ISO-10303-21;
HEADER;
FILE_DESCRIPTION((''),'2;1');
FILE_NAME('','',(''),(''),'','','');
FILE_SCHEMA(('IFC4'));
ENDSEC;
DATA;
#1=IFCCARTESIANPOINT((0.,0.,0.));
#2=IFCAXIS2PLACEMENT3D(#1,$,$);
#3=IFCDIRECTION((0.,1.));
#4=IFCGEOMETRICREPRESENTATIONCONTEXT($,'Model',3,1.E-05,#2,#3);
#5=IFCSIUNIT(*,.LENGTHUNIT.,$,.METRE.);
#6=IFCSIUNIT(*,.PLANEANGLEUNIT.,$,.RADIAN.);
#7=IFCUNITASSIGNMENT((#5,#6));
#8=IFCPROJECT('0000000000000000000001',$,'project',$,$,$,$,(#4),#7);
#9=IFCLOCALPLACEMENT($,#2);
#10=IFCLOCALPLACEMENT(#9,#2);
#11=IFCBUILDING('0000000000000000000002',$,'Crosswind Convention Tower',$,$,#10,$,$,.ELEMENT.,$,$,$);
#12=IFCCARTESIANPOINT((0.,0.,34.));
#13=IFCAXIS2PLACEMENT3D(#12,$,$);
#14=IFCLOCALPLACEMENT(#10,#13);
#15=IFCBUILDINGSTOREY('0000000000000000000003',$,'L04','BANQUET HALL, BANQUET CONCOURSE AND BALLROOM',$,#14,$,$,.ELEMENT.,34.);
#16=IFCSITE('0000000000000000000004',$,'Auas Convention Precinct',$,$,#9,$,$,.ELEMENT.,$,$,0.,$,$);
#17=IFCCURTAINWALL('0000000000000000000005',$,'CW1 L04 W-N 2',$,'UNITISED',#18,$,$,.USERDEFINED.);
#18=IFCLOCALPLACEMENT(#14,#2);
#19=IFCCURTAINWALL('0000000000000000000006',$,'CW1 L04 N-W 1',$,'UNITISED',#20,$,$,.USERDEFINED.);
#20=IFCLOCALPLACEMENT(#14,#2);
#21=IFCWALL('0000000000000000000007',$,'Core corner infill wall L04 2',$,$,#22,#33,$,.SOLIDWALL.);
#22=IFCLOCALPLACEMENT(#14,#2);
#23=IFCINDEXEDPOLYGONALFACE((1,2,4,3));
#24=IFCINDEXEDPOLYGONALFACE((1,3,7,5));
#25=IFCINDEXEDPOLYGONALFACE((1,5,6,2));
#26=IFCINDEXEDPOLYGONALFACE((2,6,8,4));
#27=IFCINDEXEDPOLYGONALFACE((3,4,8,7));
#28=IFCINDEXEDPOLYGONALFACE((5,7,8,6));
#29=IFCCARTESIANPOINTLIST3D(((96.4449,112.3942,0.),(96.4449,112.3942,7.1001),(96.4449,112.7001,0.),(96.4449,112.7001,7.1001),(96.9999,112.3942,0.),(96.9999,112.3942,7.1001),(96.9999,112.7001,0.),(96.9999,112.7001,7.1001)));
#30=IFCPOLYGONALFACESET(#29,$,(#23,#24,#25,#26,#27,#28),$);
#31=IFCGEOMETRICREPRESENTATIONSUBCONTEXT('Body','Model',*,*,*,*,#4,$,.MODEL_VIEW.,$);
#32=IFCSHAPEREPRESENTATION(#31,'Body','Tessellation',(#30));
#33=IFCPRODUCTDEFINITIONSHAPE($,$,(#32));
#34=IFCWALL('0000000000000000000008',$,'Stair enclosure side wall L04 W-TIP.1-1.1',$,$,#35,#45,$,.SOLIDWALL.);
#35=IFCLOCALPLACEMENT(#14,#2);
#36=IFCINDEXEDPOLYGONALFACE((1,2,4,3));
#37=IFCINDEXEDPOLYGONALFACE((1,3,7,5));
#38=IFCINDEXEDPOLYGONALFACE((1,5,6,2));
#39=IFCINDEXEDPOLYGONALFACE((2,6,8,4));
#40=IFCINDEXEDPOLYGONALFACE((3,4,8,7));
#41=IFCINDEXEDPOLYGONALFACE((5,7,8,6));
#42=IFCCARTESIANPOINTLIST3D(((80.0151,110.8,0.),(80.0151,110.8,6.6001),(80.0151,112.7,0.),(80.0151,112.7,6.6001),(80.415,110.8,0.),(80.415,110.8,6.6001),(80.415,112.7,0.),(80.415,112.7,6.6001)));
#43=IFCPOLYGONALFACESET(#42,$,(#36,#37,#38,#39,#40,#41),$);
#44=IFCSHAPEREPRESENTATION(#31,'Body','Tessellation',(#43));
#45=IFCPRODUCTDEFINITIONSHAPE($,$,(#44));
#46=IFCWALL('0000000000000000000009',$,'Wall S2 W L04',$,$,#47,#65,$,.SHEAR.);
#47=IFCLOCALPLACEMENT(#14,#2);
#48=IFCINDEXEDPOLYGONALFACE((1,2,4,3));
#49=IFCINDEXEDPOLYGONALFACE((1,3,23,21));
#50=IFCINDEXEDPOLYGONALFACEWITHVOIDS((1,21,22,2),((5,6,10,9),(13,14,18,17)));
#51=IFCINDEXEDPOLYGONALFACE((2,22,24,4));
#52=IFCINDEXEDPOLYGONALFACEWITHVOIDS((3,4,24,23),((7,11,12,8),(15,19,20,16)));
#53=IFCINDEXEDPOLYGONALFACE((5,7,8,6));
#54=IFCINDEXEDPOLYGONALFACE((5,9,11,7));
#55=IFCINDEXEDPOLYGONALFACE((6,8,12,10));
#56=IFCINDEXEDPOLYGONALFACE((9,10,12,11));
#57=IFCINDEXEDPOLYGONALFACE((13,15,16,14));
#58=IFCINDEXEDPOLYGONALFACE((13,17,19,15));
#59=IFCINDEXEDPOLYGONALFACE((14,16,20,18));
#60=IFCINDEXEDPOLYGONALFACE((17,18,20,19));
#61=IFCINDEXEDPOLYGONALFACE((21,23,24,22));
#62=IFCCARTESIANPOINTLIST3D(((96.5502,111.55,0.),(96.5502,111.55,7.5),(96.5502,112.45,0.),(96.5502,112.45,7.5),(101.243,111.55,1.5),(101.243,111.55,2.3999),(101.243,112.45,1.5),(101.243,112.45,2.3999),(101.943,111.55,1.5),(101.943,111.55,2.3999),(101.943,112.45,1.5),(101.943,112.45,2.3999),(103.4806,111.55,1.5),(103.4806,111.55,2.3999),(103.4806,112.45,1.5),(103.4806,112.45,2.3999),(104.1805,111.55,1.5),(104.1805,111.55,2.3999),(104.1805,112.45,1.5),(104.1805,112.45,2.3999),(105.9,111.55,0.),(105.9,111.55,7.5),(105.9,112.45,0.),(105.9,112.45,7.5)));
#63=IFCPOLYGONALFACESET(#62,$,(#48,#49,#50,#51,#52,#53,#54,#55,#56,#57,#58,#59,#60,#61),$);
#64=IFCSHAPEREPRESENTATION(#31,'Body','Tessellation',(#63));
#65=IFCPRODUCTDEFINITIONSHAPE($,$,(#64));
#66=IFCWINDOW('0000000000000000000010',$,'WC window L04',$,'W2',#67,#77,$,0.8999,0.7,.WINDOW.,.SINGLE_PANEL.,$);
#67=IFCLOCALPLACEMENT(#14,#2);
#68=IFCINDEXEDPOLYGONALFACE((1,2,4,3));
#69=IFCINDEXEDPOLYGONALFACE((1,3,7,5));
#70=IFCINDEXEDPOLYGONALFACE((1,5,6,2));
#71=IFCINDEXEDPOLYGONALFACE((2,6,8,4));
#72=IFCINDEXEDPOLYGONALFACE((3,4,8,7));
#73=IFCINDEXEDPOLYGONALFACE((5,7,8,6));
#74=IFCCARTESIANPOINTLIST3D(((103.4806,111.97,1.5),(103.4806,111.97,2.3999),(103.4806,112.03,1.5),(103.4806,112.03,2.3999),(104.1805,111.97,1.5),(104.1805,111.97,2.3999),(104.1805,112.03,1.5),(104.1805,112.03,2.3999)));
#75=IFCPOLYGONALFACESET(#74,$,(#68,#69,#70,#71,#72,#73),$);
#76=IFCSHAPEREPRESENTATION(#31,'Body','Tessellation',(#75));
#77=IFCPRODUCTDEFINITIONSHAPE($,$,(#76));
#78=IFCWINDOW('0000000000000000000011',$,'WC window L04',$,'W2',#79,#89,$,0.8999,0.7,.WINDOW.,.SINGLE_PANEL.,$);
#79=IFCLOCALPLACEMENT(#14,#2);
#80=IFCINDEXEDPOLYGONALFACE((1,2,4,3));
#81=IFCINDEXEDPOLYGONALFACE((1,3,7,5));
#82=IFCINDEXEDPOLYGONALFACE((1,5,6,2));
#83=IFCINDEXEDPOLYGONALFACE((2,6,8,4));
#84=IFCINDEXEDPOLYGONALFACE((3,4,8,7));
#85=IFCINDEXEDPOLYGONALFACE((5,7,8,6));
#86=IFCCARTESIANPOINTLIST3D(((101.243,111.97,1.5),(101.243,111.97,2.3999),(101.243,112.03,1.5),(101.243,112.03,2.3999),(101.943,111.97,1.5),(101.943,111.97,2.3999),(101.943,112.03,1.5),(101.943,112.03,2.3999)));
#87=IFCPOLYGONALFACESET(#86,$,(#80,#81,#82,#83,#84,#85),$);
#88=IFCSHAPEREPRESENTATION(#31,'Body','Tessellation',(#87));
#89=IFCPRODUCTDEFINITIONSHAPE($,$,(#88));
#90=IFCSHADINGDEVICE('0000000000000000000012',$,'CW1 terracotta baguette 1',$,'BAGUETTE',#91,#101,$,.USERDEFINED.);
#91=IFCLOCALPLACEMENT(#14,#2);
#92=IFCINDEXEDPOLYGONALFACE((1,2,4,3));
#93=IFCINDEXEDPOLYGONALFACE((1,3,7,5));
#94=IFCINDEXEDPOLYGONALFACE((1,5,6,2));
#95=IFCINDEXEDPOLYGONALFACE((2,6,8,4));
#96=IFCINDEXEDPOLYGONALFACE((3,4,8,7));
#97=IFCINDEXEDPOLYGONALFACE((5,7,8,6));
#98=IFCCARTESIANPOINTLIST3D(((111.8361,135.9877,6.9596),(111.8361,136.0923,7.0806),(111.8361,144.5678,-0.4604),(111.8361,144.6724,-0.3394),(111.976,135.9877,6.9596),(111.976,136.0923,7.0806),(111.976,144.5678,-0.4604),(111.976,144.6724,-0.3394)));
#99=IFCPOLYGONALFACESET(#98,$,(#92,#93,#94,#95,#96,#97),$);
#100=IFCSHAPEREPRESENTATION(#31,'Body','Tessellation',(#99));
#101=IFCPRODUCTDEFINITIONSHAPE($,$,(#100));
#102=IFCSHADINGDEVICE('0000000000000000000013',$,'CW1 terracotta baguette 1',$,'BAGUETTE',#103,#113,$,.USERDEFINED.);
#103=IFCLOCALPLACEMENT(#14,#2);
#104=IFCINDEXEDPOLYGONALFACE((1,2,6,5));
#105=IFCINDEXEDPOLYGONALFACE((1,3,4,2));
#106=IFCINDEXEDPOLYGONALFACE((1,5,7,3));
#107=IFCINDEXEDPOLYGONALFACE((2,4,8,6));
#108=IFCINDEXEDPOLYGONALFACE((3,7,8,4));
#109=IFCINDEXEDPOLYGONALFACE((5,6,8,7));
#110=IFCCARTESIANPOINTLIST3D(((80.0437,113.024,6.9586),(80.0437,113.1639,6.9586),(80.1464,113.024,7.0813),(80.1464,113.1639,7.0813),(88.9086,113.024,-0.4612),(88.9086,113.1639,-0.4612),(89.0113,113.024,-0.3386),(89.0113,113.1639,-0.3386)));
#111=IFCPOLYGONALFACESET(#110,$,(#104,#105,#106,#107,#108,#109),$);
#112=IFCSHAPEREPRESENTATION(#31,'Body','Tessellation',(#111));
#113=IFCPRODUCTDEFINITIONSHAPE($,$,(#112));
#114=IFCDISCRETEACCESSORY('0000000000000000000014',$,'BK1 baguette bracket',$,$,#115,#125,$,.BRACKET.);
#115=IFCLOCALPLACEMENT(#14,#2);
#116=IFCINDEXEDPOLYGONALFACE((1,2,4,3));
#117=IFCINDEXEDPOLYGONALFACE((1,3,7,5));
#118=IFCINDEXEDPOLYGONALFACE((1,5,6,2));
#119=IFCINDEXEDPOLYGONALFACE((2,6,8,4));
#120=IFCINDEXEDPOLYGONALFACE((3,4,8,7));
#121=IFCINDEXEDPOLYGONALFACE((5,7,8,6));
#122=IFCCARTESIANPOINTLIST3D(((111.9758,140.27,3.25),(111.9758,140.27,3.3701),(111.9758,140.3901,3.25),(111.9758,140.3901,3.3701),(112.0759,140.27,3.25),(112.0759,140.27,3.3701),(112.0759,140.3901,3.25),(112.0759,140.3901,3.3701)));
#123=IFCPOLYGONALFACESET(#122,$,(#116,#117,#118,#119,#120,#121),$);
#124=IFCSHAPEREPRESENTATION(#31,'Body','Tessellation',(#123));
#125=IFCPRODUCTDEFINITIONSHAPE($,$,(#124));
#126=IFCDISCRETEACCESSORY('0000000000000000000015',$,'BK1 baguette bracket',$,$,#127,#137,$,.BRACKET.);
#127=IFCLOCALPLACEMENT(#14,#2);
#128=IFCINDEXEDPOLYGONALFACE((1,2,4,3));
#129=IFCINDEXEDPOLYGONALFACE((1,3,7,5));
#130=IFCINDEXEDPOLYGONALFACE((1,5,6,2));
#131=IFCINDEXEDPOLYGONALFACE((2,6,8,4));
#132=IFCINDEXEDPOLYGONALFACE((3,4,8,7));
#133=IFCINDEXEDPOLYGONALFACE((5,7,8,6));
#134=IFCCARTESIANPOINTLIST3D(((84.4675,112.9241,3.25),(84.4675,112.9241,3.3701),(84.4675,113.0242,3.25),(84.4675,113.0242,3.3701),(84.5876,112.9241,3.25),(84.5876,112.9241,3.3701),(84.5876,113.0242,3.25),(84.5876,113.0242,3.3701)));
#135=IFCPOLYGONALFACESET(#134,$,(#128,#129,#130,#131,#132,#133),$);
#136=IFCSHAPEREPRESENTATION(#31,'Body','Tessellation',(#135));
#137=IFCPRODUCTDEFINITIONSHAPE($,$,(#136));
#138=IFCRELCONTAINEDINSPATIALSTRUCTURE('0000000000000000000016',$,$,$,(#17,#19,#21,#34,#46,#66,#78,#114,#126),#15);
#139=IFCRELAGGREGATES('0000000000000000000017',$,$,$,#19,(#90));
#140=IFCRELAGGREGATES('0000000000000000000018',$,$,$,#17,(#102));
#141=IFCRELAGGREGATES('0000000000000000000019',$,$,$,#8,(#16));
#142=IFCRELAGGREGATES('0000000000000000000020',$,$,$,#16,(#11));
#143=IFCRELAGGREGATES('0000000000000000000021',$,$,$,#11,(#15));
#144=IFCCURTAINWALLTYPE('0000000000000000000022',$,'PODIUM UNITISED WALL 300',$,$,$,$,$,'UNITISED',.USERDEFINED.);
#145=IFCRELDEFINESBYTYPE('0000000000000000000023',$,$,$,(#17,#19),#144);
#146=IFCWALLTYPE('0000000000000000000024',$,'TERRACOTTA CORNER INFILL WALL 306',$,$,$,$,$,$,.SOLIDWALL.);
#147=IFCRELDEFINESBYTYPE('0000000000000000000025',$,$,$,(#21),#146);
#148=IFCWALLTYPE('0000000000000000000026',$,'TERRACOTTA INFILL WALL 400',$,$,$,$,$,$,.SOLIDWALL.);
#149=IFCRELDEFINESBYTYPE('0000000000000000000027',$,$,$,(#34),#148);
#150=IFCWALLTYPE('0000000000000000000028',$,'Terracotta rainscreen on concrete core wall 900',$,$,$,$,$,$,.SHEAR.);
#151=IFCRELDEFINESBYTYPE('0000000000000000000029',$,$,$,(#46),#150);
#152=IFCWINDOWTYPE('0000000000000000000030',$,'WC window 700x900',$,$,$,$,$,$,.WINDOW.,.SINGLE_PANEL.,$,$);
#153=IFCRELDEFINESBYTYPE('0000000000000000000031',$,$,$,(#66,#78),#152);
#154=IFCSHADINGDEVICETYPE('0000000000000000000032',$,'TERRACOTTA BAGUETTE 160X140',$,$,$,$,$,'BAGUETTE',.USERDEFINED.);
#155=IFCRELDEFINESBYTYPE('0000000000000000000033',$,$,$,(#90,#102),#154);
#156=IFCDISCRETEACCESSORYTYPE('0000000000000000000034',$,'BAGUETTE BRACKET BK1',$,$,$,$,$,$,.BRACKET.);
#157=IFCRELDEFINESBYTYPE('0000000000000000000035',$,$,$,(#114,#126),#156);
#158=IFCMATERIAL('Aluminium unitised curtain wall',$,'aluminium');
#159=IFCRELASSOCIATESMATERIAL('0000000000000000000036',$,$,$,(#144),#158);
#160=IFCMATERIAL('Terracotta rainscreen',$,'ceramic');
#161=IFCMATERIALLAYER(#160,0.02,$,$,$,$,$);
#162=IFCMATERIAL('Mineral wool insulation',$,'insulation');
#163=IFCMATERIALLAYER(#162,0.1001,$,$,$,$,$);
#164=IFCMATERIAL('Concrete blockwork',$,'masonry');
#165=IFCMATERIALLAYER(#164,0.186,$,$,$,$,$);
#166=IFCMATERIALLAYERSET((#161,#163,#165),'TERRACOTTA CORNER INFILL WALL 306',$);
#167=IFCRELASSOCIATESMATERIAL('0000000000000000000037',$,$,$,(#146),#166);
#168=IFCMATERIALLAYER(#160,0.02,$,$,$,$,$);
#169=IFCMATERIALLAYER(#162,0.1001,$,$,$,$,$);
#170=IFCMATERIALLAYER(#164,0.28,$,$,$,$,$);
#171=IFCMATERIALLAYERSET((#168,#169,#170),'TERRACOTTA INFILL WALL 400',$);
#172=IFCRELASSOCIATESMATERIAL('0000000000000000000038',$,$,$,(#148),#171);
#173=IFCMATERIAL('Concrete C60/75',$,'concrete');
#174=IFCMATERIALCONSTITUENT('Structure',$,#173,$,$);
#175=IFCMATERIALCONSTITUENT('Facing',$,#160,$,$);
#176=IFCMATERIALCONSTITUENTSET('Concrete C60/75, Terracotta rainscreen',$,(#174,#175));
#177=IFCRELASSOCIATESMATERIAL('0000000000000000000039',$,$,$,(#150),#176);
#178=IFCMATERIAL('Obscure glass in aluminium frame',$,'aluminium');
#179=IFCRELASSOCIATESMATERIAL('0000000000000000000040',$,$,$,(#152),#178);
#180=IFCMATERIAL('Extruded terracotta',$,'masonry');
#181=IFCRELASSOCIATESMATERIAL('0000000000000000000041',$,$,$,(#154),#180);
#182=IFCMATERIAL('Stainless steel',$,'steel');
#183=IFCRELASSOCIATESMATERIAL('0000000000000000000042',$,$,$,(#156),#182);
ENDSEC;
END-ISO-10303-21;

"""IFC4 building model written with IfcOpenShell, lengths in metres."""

from ifc_helpers import new_model, si_unit, direction, frame, frame_2d, origin, origin_2d, place, context, subcontext, project, spatial, rectangle, extrude, material, layer, layer_set, constituent, constituent_set, material_profile, profile_set, type_object, element, fill, aggregate, save


model = new_model("IFC4")

# Units and contexts
model_context = context("Model", 3, precision=1e-05, world=origin(), true_north=direction((0.0, 1.0)))
body_context = subcontext(model_context, "Body", "Model", "MODEL_VIEW")
ifc_project = project(units=[si_unit("LENGTHUNIT", "METRE"), si_unit("PLANEANGLEUNIT", "RADIAN")], contexts=[model_context])

# Site, building, storey
site_placement = place(None, origin())
site = spatial("IfcSite", under=ifc_project, at=site_placement, Name="Auas Convention Precinct", CompositionType="ELEMENT", RefElevation=0.0)
building_placement = place(site_placement, origin())
building = spatial("IfcBuilding", under=site, at=building_placement, Name="Crosswind Convention Tower", CompositionType="ELEMENT")
storey_placement = place(building_placement, frame((0.0, 0.0, 34.0)))
storey = spatial("IfcBuildingStorey", under=building, at=storey_placement, Name="L04", Description="BANQUET HALL, BANQUET CONCOURSE AND BALLROOM", CompositionType="ELEMENT", Elevation=34.0)

# Curtain wall
ifc_material_1 = material(Name="Aluminium unitised curtain wall", Category="aluminium")
curtain_wall_type_1 = type_object("IfcCurtainWallType", Name="PODIUM UNITISED WALL 300", ElementType="UNITISED", PredefinedType="USERDEFINED", material=ifc_material_1)
curtain_wall_1_placement = place(storey_placement, origin())
curtain_wall_1 = element("IfcCurtainWall", 1, at=curtain_wall_1_placement, inside=storey, type_object=curtain_wall_type_1, Name="CW1 L04 W-N 2", ObjectType="UNITISED", PredefinedType="USERDEFINED")

# Curtain wall
curtain_wall_2_placement = place(storey_placement, origin())
curtain_wall_2 = element("IfcCurtainWall", 2, at=curtain_wall_2_placement, inside=storey, type_object=curtain_wall_type_1, Name="CW1 L04 N-W 1", ObjectType="UNITISED", PredefinedType="USERDEFINED")

# Walls
ifc_material_2 = material(Name="Terracotta rainscreen", Category="ceramic")
ifc_layer_1 = layer(ifc_material_2, 0.02)
ifc_material_3 = material(Name="Mineral wool insulation", Category="insulation")
ifc_layer_2 = layer(ifc_material_3, 0.1001)
ifc_material_4 = material(Name="Concrete blockwork", Category="masonry")
ifc_layer_3 = layer(ifc_material_4, 0.186)
ifc_layer_set_1 = layer_set([ifc_layer_1, ifc_layer_2, ifc_layer_3], Name="TERRACOTTA CORNER INFILL WALL 306")
wall_type_1 = type_object("IfcWallType", Name="TERRACOTTA CORNER INFILL WALL 306", PredefinedType="SOLIDWALL", material=ifc_layer_set_1)
wall_1_placement = place(storey_placement, frame((96.4451, 112.5471, 0.0), z_axis=(0.0, 0.0, 1.0), x_axis=(1.0, 0.0, 0.0)))
element("IfcWall", 3, at=wall_1_placement, inside=storey, type_object=wall_type_1, Name="Core corner infill wall L04 2", PredefinedType="SOLIDWALL", context=body_context, shape_type="SweptSolid", body=[
    extrude(rectangle(XDim=0.5549, YDim=0.3059, at=frame_2d((0.2773, 0.0))), origin(), (0.0, 0.0, 1.0), 7.1001),
])
ifc_layer_4 = layer(ifc_material_2, 0.02)
ifc_layer_5 = layer(ifc_material_3, 0.1001)
ifc_layer_6 = layer(ifc_material_4, 0.28)
ifc_layer_set_2 = layer_set([ifc_layer_4, ifc_layer_5, ifc_layer_6], Name="TERRACOTTA INFILL WALL 400")
wall_type_2 = type_object("IfcWallType", Name="TERRACOTTA INFILL WALL 400", PredefinedType="SOLIDWALL", material=ifc_layer_set_2)
wall_2_placement = place(storey_placement, frame((80.2151, 112.7, 0.0), z_axis=(0.0, 0.0, 1.0), x_axis=(0.0, -1.0, 0.0)))
element("IfcWall", 4, at=wall_2_placement, inside=storey, type_object=wall_type_2, Name="Stair enclosure side wall L04 W-TIP.1-1.1", PredefinedType="SOLIDWALL", context=body_context, shape_type="SweptSolid", body=[
    extrude(rectangle(XDim=1.8999, YDim=0.3999, at=frame_2d((0.95, 0.0))), origin(), (0.0, 0.0, 1.0), 6.6001),
])

# Wall, openings, windows
ifc_material_5 = material(Name="Concrete C60/75", Category="concrete")
ifc_constituent_1 = constituent(ifc_material_5, Name="Structure")
ifc_constituent_2 = constituent(ifc_material_2, Name="Facing")
ifc_constituent_set = constituent_set(constituents=[ifc_constituent_1, ifc_constituent_2], Name="Concrete C60/75, Terracotta rainscreen")
wall_type_3 = type_object("IfcWallType", Name="Terracotta rainscreen on concrete core wall 900", PredefinedType="SHEAR", material=ifc_constituent_set)
wall_3_placement = place(storey_placement, frame((105.8999, 112.0, 0.0), z_axis=(0.0, 0.0, 1.0), x_axis=(-1.0, 0.0, 0.0)))
wall_3 = element("IfcWall", 5, at=wall_3_placement, inside=storey, type_object=wall_type_3, Name="Wall S2 W L04", PredefinedType="SHEAR", context=body_context, shape_type="SweptSolid", body=[
    extrude(rectangle(XDim=9.3499, YDim=0.8999, at=frame_2d((4.6748, 0.0))), origin(), (0.0, 0.0, 1.0), 7.5),
])
opening_1_placement = place(wall_3_placement, frame((1.7192, 0.0, 1.5)))
opening_1 = element("IfcOpeningElement", 6, at=opening_1_placement, cuts=wall_3, PredefinedType="OPENING", context=body_context, shape_type="SweptSolid", body=[
    extrude(rectangle(XDim=0.7, YDim=0.8999, at=frame_2d((0.3501, 0.45))), frame((0.0, 0.46, 0.0), z_axis=(0.0, -1.0, 0.0), x_axis=(1.0, 0.0, 0.0)), (0.0, 0.0, 1.0), 0.9199),
])
opening_2_placement = place(wall_3_placement, frame((3.9568, 0.0, 1.5)))
opening_2 = element("IfcOpeningElement", 7, at=opening_2_placement, cuts=wall_3, PredefinedType="OPENING", context=body_context, shape_type="SweptSolid", body=[
    extrude(rectangle(XDim=0.7, YDim=0.8999, at=frame_2d((0.3501, 0.45))), frame((0.0, 0.46, 0.0), z_axis=(0.0, -1.0, 0.0), x_axis=(1.0, 0.0, 0.0)), (0.0, 0.0, 1.0), 0.9199),
])
ifc_material_6 = material(Name="Obscure glass in aluminium frame", Category="aluminium")
window_type = type_object("IfcWindowType", Name="WC window 700x900", PartitioningType="SINGLE_PANEL", PredefinedType="WINDOW", material=ifc_material_6)
window_1_placement = place(opening_1_placement, origin())
window_1 = element("IfcWindow", 8, at=window_1_placement, inside=storey, type_object=window_type, Name="WC window L04", ObjectType="W2", OverallHeight=0.8999, OverallWidth=0.7, PartitioningType="SINGLE_PANEL", PredefinedType="WINDOW", context=body_context, shape_type="SweptSolid", body=[
    extrude(rectangle(XDim=0.7, YDim=0.8999, at=frame_2d((0.3501, 0.45))), frame((0.0, 0.03, 0.0), z_axis=(0.0, -1.0, 0.0), x_axis=(1.0, 0.0, 0.0)), (0.0, 0.0, 1.0), 0.0601),
])
fill(opening_1, window_1)
window_2_placement = place(opening_2_placement, origin())
window_2 = element("IfcWindow", 9, at=window_2_placement, inside=storey, type_object=window_type, Name="WC window L04", ObjectType="W2", OverallHeight=0.8999, OverallWidth=0.7, PartitioningType="SINGLE_PANEL", PredefinedType="WINDOW", context=body_context, shape_type="SweptSolid", body=[
    extrude(rectangle(XDim=0.7, YDim=0.8999, at=frame_2d((0.3501, 0.45))), frame((0.0, 0.03, 0.0), z_axis=(0.0, -1.0, 0.0), x_axis=(1.0, 0.0, 0.0)), (0.0, 0.0, 1.0), 0.0601),
])
fill(opening_2, window_2)

# Shading devices
ifc_material_7 = material(Name="Extruded terracotta", Category="masonry")
ifc_material_profile_1 = material_profile(ifc_material_7, rectangle(XDim=0.1399, YDim=0.1599, at=origin_2d()), Name="TC 140X160")
ifc_profile_set_1 = profile_set([ifc_material_profile_1], Name="Extruded terracotta")
shading_device_type = type_object("IfcShadingDeviceType", Name="TERRACOTTA BAGUETTE 160X140", ElementType="BAGUETTE", PredefinedType="USERDEFINED", material=ifc_profile_set_1)
shading_device_1_placement = place(storey_placement, frame((111.906, 144.6201, -0.3999), z_axis=(0.0, -0.756393, 0.654117), x_axis=(1.0, 0.0, 0.0)))
shading_device_1 = element("IfcShadingDevice", 10, at=shading_device_1_placement, type_object=shading_device_type, Name="CW1 terracotta baguette 1", ObjectType="BAGUETTE", PredefinedType="USERDEFINED", context=body_context, shape_type="SweptSolid", body=[
    extrude(rectangle(XDim=0.1399, YDim=0.1599, at=origin_2d()), origin(), (0.0, 0.0, 1.0), 11.3435),
])
aggregate(curtain_wall_2, [shading_device_1])
shading_device_2_placement = place(storey_placement, frame((88.96, 113.094, -0.3999), z_axis=(-0.76684, 0.0, 0.641838), x_axis=(0.0, -1.0, 0.0)))
shading_device_2 = element("IfcShadingDevice", 11, at=shading_device_2_placement, type_object=shading_device_type, Name="CW1 terracotta baguette 1", ObjectType="BAGUETTE", PredefinedType="USERDEFINED", context=body_context, shape_type="SweptSolid", body=[
    extrude(rectangle(XDim=0.1399, YDim=0.1599, at=origin_2d()), origin(), (0.0, 0.0, 1.0), 11.5603),
])
aggregate(curtain_wall_1, [shading_device_2])

# Discrete accessories
ifc_material_8 = material(Name="Stainless steel", Category="steel")
discrete_accessory_type = type_object("IfcDiscreteAccessoryType", Name="BAGUETTE BRACKET BK1", PredefinedType="BRACKET", material=ifc_material_8)
for number, where, z_axis, x_axis, name in (
    (12, (112.0259, 140.3301, 3.25), (0.0, 0.0, 1.0), (0.0, -1.0, 0.0), "BK1 baguette bracket"),
    (13, (84.5276, 112.9741, 3.25), (0.0, 0.0, 1.0), (-1.0, 0.0, 0.0), "BK1 baguette bracket"),
):
    element("IfcDiscreteAccessory", number, at=place(storey_placement, frame(where, z_axis=z_axis, x_axis=x_axis)), inside=storey, type_object=discrete_accessory_type, Name=name, PredefinedType="BRACKET", context=body_context, shape_type="SweptSolid", body=[
        extrude(rectangle(XDim=0.1201, YDim=0.1001, at=origin_2d()), origin(), (0.0, 0.0, 1.0), 0.1201),
    ])

save(model, "model.ifc")
